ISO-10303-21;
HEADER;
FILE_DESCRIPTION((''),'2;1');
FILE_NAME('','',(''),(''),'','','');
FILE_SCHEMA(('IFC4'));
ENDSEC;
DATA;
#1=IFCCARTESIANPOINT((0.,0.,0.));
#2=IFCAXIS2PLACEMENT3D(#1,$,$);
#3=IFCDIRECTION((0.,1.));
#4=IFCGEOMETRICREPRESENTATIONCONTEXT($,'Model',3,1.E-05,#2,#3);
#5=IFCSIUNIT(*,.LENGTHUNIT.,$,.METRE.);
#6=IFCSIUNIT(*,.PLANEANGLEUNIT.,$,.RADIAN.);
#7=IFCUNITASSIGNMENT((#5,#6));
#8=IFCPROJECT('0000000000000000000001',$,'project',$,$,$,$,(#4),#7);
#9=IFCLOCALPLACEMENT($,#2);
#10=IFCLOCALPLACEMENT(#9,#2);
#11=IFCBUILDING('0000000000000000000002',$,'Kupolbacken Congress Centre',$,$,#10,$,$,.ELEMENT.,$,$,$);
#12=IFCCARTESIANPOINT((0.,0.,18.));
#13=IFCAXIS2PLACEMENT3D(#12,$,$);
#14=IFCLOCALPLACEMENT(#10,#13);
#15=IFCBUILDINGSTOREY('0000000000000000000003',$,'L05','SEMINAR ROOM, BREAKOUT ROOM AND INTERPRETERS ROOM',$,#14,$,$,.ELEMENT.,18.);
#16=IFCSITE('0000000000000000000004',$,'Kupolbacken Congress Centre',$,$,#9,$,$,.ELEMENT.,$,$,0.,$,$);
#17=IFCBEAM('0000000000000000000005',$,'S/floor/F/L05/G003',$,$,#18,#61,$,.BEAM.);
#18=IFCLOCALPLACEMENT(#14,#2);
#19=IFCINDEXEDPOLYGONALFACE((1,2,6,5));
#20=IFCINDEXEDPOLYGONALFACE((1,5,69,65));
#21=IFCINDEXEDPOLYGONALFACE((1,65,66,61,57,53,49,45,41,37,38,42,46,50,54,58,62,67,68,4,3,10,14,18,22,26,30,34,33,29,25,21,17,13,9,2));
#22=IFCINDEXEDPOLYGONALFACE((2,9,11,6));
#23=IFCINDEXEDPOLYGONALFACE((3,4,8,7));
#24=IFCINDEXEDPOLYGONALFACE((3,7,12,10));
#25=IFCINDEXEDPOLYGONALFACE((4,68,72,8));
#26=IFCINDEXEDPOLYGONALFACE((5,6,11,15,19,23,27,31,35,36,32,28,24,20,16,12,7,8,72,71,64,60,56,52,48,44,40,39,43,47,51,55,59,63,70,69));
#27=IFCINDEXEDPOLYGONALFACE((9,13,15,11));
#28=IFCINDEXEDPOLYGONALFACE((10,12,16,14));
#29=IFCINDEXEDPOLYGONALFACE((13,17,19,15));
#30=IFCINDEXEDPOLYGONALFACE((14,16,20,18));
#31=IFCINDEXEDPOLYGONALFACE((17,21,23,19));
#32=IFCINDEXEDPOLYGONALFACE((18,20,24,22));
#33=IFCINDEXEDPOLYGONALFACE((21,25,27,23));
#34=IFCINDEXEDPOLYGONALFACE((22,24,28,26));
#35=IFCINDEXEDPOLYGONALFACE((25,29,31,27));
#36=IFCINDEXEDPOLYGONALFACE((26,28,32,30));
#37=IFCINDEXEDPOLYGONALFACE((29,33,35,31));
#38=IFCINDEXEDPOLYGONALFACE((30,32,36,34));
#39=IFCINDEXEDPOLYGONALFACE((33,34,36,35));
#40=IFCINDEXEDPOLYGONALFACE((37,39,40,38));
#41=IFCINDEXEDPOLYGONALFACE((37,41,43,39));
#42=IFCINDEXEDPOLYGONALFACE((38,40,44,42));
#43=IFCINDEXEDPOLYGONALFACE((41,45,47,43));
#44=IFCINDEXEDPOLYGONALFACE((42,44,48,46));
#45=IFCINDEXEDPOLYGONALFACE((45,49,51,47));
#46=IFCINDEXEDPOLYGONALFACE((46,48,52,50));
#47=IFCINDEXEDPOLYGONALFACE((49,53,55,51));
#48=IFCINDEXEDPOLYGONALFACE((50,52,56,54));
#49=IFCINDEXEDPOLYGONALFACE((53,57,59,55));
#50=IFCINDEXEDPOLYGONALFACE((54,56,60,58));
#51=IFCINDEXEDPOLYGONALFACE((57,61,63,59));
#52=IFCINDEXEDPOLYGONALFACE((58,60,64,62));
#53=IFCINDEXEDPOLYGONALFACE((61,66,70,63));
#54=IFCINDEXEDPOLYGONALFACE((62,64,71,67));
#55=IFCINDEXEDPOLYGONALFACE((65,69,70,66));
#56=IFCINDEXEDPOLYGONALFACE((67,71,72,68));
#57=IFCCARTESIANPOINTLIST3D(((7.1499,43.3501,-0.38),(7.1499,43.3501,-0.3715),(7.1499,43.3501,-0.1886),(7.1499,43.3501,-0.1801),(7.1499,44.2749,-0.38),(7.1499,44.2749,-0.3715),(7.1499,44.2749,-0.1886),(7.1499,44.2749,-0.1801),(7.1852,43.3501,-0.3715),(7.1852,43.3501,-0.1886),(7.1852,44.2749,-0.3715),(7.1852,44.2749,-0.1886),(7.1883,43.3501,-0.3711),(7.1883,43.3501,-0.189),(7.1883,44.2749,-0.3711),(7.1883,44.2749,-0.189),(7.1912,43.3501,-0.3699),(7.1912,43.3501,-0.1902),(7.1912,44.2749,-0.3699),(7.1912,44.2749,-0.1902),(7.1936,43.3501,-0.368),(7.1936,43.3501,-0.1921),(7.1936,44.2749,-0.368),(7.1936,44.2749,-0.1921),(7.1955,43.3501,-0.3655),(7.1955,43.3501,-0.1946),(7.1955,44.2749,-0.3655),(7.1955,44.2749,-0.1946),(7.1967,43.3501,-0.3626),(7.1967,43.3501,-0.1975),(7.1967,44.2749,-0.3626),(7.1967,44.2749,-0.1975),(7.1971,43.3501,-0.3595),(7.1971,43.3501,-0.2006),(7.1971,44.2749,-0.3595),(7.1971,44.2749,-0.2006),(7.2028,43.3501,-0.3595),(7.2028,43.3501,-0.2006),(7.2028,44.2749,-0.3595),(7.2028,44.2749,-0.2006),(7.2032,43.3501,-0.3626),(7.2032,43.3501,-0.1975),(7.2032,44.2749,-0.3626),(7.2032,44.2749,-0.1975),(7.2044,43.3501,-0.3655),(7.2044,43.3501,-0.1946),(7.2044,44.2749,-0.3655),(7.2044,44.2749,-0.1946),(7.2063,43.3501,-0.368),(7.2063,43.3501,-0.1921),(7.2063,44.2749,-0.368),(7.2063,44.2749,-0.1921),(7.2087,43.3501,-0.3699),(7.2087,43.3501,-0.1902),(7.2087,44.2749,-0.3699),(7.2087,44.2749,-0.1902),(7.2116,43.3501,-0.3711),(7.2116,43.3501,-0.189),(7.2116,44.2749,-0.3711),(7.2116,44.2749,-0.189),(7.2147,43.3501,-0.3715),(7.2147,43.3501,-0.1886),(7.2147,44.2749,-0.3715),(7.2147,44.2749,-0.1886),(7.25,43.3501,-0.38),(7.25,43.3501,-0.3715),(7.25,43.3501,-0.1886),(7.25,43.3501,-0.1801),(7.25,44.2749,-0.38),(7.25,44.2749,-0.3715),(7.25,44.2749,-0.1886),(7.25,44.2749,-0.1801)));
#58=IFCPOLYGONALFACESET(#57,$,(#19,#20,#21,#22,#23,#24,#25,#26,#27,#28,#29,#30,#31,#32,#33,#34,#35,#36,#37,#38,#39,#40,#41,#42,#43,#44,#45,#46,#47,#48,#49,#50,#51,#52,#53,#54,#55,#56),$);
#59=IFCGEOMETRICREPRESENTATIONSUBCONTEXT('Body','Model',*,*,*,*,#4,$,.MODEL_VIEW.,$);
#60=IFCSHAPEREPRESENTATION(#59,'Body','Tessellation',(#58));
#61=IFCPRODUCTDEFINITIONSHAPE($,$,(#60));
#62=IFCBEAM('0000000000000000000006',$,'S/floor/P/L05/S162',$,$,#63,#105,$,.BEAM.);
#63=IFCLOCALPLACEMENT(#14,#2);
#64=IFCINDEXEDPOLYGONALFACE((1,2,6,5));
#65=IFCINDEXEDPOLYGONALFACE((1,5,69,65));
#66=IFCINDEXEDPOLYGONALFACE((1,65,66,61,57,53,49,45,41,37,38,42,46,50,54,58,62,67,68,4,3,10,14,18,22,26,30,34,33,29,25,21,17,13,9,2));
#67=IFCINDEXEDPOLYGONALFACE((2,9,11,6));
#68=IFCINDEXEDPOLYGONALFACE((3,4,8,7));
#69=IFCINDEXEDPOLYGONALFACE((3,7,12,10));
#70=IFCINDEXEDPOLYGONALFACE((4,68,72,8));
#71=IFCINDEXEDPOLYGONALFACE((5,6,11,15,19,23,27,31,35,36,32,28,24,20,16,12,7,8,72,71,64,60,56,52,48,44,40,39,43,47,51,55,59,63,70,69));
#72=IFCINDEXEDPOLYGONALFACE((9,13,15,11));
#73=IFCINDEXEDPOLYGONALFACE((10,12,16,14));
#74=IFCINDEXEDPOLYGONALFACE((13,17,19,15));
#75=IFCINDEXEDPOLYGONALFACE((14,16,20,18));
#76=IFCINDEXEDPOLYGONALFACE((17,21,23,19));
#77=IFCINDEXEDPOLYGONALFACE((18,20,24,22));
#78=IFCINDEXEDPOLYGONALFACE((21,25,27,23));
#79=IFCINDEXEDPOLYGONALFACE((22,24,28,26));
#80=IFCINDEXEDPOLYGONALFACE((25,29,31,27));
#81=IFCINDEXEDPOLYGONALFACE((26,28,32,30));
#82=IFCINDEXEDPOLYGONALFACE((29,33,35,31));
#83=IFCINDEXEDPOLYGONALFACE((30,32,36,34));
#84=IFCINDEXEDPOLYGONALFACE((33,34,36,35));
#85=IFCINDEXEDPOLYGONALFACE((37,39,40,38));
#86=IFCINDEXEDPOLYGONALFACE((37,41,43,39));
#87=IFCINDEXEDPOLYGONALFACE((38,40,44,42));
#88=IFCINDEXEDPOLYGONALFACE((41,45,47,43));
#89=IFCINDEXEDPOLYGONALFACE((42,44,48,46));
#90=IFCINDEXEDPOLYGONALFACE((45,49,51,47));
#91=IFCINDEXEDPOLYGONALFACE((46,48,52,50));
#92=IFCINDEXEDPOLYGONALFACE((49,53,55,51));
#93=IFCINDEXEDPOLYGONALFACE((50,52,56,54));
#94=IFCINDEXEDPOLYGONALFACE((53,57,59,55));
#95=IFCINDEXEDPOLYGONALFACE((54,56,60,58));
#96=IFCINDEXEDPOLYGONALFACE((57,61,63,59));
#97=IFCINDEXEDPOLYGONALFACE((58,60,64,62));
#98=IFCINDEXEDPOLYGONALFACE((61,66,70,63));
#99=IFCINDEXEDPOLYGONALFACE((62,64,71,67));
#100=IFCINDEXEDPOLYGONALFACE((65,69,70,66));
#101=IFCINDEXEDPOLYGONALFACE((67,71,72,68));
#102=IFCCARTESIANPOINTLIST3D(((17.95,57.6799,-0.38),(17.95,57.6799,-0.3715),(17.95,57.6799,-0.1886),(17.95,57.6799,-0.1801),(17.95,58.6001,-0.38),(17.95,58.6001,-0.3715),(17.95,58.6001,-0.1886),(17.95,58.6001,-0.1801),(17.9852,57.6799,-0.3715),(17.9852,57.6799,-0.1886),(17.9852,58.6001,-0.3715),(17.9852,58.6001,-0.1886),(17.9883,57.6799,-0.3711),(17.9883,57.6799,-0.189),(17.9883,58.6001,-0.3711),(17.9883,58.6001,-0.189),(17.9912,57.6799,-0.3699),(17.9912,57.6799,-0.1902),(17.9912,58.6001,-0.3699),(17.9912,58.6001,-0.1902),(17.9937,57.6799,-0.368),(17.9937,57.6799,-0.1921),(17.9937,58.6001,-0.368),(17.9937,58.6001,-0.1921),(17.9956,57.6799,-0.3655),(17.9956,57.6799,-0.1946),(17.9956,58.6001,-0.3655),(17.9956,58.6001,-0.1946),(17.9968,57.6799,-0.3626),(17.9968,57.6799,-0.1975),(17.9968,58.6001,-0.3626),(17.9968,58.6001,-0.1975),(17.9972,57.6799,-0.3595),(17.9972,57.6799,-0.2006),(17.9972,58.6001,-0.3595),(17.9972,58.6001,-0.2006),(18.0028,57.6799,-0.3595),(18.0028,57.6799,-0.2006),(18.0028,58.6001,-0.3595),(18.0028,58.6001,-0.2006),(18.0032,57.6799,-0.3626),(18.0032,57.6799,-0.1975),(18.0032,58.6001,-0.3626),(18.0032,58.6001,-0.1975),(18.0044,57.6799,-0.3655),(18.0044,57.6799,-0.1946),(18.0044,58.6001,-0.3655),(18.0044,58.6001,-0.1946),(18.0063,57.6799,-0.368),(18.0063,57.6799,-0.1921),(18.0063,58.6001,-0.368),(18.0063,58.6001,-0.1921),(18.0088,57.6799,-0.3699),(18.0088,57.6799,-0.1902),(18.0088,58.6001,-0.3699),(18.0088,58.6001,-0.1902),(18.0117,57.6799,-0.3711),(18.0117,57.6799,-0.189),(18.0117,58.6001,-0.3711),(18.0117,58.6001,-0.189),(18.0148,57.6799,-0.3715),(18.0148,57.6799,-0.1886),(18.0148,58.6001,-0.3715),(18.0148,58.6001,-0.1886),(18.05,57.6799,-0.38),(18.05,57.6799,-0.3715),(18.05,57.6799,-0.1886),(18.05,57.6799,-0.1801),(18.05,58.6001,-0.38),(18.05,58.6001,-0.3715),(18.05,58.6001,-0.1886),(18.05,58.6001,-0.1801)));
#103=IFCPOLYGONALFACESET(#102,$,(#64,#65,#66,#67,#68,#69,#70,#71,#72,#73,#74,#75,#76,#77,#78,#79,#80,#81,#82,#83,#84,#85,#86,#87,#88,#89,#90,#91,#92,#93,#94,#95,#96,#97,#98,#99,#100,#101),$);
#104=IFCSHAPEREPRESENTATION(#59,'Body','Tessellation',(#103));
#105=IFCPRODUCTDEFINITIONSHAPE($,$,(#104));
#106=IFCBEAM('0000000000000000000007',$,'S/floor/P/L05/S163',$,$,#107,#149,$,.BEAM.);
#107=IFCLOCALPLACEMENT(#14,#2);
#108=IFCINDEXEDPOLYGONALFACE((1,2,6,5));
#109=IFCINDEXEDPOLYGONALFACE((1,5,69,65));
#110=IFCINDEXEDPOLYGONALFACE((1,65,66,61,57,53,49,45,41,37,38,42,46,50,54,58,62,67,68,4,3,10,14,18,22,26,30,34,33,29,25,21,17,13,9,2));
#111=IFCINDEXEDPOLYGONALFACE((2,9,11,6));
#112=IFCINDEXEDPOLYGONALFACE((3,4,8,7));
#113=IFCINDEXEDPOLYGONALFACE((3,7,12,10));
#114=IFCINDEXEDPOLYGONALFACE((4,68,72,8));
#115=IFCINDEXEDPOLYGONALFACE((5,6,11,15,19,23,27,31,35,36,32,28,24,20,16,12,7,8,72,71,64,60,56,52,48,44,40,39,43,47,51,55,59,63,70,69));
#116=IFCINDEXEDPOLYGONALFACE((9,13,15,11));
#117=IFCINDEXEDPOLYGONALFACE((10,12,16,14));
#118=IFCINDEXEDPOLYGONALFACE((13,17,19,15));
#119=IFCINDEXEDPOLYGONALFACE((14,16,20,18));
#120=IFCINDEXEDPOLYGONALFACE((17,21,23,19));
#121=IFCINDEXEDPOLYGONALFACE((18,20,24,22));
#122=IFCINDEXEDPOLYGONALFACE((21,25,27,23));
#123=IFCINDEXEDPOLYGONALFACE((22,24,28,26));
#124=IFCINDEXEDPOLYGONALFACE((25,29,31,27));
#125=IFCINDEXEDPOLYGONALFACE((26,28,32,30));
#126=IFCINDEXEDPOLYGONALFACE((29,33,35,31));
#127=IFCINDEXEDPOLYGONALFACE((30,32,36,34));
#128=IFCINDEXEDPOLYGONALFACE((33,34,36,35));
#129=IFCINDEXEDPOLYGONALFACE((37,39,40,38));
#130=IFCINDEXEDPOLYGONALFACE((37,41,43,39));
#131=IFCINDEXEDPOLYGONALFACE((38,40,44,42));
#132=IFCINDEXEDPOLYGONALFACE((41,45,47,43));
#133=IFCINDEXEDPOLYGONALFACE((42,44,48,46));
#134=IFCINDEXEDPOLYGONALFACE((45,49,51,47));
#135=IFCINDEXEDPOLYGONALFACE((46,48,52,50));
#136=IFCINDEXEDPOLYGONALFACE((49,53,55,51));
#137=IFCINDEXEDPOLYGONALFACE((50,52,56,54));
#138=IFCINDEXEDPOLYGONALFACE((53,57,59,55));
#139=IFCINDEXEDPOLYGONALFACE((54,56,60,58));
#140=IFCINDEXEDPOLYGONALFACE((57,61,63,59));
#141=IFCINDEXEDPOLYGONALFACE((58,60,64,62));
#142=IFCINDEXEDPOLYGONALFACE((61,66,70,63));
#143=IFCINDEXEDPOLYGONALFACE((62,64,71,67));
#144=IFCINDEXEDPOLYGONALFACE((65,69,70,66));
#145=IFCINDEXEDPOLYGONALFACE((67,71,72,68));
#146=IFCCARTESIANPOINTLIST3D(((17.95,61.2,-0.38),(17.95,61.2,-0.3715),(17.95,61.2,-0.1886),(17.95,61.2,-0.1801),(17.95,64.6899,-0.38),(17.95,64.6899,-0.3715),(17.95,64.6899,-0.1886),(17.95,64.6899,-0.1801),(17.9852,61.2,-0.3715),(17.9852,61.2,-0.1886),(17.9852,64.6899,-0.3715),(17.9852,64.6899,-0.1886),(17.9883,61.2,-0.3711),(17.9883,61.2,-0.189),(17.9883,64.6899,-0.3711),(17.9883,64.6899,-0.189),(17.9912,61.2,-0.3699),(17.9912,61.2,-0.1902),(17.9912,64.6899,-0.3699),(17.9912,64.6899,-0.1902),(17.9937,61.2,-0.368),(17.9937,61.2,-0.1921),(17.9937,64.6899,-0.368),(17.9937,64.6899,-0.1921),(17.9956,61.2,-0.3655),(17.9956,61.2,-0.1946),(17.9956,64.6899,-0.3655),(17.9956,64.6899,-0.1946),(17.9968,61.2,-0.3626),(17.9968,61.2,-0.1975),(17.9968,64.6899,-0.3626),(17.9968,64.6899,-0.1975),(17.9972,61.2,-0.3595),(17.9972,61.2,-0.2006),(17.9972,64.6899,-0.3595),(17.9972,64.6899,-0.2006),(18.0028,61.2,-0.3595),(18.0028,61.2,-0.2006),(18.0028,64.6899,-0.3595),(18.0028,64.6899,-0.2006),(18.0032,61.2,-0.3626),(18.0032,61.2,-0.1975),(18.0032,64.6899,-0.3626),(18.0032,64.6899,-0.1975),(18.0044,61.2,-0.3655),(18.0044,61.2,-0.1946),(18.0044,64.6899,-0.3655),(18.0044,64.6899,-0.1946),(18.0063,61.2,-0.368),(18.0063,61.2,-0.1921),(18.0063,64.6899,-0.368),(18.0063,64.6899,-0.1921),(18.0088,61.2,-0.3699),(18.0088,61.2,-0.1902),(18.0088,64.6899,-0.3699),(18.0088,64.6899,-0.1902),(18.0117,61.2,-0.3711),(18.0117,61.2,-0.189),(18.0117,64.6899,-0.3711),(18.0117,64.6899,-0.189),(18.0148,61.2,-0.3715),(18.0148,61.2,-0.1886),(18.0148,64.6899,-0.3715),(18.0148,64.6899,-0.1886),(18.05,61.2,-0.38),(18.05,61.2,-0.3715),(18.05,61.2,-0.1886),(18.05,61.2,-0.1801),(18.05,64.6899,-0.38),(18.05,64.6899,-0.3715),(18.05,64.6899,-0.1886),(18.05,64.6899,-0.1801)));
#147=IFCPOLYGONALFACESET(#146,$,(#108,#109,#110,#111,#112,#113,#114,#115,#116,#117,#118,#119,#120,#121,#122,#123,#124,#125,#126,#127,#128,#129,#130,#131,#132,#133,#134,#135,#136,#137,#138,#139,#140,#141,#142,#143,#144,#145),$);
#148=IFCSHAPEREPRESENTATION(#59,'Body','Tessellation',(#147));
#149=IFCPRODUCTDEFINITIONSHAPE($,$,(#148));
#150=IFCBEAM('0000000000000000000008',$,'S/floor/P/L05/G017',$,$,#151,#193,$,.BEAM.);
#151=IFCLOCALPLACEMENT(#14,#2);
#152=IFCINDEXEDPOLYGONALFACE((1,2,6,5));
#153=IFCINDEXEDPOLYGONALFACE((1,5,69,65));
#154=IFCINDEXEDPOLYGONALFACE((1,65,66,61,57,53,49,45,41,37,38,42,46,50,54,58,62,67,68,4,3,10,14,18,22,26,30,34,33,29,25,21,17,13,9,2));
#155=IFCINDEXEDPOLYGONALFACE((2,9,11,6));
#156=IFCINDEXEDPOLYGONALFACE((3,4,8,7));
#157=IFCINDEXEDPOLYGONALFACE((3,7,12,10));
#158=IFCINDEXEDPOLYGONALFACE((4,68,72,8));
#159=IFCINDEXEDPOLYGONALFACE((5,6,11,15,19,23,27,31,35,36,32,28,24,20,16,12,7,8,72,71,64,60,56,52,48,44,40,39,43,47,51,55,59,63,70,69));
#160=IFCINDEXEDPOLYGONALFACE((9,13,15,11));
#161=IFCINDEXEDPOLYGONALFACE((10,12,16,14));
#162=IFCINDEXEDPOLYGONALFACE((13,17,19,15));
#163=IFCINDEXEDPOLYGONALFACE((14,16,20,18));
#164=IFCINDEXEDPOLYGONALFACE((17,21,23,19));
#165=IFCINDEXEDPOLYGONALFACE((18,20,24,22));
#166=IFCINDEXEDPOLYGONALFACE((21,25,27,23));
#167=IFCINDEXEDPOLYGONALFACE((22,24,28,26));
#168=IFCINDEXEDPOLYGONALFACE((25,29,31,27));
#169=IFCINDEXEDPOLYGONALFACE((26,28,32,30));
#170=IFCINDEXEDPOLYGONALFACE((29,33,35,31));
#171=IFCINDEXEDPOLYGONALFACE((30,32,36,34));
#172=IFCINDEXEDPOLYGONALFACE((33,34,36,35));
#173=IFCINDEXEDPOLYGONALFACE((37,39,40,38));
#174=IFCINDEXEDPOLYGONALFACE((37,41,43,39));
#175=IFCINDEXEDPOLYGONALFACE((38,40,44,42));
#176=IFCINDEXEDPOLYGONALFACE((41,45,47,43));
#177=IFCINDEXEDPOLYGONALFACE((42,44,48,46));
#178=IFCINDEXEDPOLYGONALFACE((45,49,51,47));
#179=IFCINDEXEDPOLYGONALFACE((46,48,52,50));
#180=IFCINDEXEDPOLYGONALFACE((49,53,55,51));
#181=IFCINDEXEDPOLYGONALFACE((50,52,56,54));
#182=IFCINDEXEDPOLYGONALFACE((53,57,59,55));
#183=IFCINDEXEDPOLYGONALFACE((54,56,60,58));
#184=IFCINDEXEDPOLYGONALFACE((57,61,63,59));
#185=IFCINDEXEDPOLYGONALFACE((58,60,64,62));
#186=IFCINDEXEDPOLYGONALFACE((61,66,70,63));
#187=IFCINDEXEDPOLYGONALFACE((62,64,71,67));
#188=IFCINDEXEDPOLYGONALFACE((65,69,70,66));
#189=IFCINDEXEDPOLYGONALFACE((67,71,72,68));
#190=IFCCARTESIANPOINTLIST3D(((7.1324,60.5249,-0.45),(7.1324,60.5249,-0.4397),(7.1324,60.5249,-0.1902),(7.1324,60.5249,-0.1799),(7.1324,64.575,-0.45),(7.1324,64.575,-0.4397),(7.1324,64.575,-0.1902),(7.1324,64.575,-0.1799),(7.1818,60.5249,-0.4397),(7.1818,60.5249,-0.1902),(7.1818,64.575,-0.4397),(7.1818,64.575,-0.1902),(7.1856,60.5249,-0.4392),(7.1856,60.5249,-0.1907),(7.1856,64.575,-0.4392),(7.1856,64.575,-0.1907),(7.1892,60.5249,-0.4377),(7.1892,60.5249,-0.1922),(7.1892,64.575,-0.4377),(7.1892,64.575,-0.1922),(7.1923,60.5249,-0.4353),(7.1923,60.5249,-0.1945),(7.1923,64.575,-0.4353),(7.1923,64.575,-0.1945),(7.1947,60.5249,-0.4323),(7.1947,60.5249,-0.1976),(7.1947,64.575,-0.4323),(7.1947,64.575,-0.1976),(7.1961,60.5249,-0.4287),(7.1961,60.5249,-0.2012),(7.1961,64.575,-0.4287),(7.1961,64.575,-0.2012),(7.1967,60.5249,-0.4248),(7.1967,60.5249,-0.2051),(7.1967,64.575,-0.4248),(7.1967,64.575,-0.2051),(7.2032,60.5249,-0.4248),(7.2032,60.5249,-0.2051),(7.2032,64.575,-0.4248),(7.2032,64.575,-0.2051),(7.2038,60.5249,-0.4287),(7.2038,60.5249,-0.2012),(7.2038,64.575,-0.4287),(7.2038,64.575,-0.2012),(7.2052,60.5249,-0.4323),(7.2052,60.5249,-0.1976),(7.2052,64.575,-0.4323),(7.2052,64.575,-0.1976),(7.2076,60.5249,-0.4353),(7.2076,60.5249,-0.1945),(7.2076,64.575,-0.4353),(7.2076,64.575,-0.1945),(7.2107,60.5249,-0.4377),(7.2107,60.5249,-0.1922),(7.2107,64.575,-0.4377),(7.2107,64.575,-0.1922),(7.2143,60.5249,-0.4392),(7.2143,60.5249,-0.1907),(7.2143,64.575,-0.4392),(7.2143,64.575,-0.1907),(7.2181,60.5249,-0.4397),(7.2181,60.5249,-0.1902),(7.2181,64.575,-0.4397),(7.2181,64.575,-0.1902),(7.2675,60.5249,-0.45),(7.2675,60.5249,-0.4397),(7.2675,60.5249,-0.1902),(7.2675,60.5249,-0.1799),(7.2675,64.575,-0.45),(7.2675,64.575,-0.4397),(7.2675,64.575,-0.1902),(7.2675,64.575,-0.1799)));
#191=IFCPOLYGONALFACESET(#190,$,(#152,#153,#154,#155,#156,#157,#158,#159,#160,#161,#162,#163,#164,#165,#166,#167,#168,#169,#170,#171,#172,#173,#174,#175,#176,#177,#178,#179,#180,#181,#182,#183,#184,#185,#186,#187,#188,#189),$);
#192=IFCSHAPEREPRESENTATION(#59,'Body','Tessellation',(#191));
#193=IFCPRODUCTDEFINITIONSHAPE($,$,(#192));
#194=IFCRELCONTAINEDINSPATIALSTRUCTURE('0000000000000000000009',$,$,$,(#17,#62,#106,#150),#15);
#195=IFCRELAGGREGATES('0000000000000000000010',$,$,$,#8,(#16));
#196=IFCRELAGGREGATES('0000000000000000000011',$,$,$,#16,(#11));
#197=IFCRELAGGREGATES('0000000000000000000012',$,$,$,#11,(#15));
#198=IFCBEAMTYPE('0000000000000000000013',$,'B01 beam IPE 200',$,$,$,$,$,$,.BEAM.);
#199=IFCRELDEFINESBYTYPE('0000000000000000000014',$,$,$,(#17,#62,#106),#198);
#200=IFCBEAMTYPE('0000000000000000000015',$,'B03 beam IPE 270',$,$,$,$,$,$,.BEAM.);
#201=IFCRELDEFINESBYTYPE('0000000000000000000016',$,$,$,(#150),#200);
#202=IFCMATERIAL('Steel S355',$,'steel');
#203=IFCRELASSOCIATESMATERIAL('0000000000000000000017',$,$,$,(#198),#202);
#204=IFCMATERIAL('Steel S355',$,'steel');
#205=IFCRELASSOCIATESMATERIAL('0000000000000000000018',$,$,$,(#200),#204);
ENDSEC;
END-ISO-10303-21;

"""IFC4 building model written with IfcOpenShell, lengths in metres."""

from ifc_helpers import new_model, si_unit, direction, frame, origin, origin_2d, place, context, subcontext, project, spatial, i_section, extrude, material, material_profile, profile_set, type_object, element, save


model = new_model("IFC4")

# Units and contexts
model_context = context("Model", 3, precision=1e-05, world=origin(), true_north=direction((0.0, 1.0)))
body_context = subcontext(model_context, "Body", "Model", "MODEL_VIEW")
ifc_project = project(units=[si_unit("LENGTHUNIT", "METRE"), si_unit("PLANEANGLEUNIT", "RADIAN")], contexts=[model_context])

# Site, building, storey
site_placement = place(None, origin())
site = spatial("IfcSite", under=ifc_project, at=site_placement, Name="Kupolbacken Congress Centre", CompositionType="ELEMENT", RefElevation=0.0)
building_placement = place(site_placement, origin())
building = spatial("IfcBuilding", under=site, at=building_placement, Name="Kupolbacken Congress Centre", CompositionType="ELEMENT")
storey_placement = place(building_placement, frame((0.0, 0.0, 18.0)))
storey = spatial("IfcBuildingStorey", under=building, at=storey_placement, Name="L05", Description="SEMINAR ROOM, BREAKOUT ROOM AND INTERPRETERS ROOM", CompositionType="ELEMENT", Elevation=18.0)

# Beams
ifc_material_1 = material(Name="Steel S355", Category="steel")
ifc_material_profile_1 = material_profile(ifc_material_1, i_section(OverallWidth=0.1001, OverallDepth=0.2, WebThickness=0.0056, FlangeThickness=0.0085, FilletRadius=0.012, at=origin_2d()), Name="IPE 200")
ifc_profile_set_1 = profile_set([ifc_material_profile_1], Name="Steel S355")
beam_type_1 = type_object("IfcBeamType", Name="B01 beam IPE 200", PredefinedType="BEAM", material=ifc_profile_set_1)
beam_1_placement = place(storey_placement, frame((7.2, 43.3501, -0.28), z_axis=(0.0, 1.0, 0.0), x_axis=(-1.0, 0.0, 0.0)))
element("IfcBeam", 1, at=beam_1_placement, inside=storey, type_object=beam_type_1, Name="S/floor/F/L05/G003", PredefinedType="BEAM", context=body_context, shape_type="SweptSolid", body=[
    extrude(i_section(OverallWidth=0.1001, OverallDepth=0.2, WebThickness=0.0056, FlangeThickness=0.0085, FilletRadius=0.012, at=origin_2d()), origin(), (0.0, 0.0, 1.0), 0.9248),
])
beam_2_placement = place(storey_placement, frame((18.0, 57.6799, -0.28), z_axis=(0.0, 1.0, 0.0), x_axis=(-1.0, 0.0, 0.0)))
element("IfcBeam", 2, at=beam_2_placement, inside=storey, type_object=beam_type_1, Name="S/floor/P/L05/S162", PredefinedType="BEAM", context=body_context, shape_type="SweptSolid", body=[
    extrude(i_section(OverallWidth=0.1001, OverallDepth=0.2, WebThickness=0.0056, FlangeThickness=0.0085, FilletRadius=0.012, at=origin_2d()), origin(), (0.0, 0.0, 1.0), 0.9202),
])
beam_3_placement = place(storey_placement, frame((18.0, 61.2, -0.28), z_axis=(0.0, 1.0, 0.0), x_axis=(-1.0, 0.0, 0.0)))
element("IfcBeam", 3, at=beam_3_placement, inside=storey, type_object=beam_type_1, Name="S/floor/P/L05/S163", PredefinedType="BEAM", context=body_context, shape_type="SweptSolid", body=[
    extrude(i_section(OverallWidth=0.1001, OverallDepth=0.2, WebThickness=0.0056, FlangeThickness=0.0085, FilletRadius=0.012, at=origin_2d()), origin(), (0.0, 0.0, 1.0), 3.49),
])
ifc_material_2 = material(Name="Steel S355", Category="steel")
ifc_material_profile_2 = material_profile(ifc_material_2, i_section(OverallWidth=0.135, OverallDepth=0.27, WebThickness=0.0066, FlangeThickness=0.0103, FilletRadius=0.0149, at=origin_2d()), Name="IPE 270")
ifc_profile_set_2 = profile_set([ifc_material_profile_2], Name="Steel S355")
beam_type_2 = type_object("IfcBeamType", Name="B03 beam IPE 270", PredefinedType="BEAM", material=ifc_profile_set_2)
beam_4_placement = place(storey_placement, frame((7.2, 60.5249, -0.3149), z_axis=(0.0, 1.0, 0.0), x_axis=(-1.0, 0.0, 0.0)))
element("IfcBeam", 4, at=beam_4_placement, inside=storey, type_object=beam_type_2, Name="S/floor/P/L05/G017", PredefinedType="BEAM", context=body_context, shape_type="SweptSolid", body=[
    extrude(i_section(OverallWidth=0.135, OverallDepth=0.27, WebThickness=0.0066, FlangeThickness=0.0103, FilletRadius=0.0149, at=origin_2d()), origin(), (0.0, 0.0, 1.0), 4.05),
])

save(model, "model.ifc")
